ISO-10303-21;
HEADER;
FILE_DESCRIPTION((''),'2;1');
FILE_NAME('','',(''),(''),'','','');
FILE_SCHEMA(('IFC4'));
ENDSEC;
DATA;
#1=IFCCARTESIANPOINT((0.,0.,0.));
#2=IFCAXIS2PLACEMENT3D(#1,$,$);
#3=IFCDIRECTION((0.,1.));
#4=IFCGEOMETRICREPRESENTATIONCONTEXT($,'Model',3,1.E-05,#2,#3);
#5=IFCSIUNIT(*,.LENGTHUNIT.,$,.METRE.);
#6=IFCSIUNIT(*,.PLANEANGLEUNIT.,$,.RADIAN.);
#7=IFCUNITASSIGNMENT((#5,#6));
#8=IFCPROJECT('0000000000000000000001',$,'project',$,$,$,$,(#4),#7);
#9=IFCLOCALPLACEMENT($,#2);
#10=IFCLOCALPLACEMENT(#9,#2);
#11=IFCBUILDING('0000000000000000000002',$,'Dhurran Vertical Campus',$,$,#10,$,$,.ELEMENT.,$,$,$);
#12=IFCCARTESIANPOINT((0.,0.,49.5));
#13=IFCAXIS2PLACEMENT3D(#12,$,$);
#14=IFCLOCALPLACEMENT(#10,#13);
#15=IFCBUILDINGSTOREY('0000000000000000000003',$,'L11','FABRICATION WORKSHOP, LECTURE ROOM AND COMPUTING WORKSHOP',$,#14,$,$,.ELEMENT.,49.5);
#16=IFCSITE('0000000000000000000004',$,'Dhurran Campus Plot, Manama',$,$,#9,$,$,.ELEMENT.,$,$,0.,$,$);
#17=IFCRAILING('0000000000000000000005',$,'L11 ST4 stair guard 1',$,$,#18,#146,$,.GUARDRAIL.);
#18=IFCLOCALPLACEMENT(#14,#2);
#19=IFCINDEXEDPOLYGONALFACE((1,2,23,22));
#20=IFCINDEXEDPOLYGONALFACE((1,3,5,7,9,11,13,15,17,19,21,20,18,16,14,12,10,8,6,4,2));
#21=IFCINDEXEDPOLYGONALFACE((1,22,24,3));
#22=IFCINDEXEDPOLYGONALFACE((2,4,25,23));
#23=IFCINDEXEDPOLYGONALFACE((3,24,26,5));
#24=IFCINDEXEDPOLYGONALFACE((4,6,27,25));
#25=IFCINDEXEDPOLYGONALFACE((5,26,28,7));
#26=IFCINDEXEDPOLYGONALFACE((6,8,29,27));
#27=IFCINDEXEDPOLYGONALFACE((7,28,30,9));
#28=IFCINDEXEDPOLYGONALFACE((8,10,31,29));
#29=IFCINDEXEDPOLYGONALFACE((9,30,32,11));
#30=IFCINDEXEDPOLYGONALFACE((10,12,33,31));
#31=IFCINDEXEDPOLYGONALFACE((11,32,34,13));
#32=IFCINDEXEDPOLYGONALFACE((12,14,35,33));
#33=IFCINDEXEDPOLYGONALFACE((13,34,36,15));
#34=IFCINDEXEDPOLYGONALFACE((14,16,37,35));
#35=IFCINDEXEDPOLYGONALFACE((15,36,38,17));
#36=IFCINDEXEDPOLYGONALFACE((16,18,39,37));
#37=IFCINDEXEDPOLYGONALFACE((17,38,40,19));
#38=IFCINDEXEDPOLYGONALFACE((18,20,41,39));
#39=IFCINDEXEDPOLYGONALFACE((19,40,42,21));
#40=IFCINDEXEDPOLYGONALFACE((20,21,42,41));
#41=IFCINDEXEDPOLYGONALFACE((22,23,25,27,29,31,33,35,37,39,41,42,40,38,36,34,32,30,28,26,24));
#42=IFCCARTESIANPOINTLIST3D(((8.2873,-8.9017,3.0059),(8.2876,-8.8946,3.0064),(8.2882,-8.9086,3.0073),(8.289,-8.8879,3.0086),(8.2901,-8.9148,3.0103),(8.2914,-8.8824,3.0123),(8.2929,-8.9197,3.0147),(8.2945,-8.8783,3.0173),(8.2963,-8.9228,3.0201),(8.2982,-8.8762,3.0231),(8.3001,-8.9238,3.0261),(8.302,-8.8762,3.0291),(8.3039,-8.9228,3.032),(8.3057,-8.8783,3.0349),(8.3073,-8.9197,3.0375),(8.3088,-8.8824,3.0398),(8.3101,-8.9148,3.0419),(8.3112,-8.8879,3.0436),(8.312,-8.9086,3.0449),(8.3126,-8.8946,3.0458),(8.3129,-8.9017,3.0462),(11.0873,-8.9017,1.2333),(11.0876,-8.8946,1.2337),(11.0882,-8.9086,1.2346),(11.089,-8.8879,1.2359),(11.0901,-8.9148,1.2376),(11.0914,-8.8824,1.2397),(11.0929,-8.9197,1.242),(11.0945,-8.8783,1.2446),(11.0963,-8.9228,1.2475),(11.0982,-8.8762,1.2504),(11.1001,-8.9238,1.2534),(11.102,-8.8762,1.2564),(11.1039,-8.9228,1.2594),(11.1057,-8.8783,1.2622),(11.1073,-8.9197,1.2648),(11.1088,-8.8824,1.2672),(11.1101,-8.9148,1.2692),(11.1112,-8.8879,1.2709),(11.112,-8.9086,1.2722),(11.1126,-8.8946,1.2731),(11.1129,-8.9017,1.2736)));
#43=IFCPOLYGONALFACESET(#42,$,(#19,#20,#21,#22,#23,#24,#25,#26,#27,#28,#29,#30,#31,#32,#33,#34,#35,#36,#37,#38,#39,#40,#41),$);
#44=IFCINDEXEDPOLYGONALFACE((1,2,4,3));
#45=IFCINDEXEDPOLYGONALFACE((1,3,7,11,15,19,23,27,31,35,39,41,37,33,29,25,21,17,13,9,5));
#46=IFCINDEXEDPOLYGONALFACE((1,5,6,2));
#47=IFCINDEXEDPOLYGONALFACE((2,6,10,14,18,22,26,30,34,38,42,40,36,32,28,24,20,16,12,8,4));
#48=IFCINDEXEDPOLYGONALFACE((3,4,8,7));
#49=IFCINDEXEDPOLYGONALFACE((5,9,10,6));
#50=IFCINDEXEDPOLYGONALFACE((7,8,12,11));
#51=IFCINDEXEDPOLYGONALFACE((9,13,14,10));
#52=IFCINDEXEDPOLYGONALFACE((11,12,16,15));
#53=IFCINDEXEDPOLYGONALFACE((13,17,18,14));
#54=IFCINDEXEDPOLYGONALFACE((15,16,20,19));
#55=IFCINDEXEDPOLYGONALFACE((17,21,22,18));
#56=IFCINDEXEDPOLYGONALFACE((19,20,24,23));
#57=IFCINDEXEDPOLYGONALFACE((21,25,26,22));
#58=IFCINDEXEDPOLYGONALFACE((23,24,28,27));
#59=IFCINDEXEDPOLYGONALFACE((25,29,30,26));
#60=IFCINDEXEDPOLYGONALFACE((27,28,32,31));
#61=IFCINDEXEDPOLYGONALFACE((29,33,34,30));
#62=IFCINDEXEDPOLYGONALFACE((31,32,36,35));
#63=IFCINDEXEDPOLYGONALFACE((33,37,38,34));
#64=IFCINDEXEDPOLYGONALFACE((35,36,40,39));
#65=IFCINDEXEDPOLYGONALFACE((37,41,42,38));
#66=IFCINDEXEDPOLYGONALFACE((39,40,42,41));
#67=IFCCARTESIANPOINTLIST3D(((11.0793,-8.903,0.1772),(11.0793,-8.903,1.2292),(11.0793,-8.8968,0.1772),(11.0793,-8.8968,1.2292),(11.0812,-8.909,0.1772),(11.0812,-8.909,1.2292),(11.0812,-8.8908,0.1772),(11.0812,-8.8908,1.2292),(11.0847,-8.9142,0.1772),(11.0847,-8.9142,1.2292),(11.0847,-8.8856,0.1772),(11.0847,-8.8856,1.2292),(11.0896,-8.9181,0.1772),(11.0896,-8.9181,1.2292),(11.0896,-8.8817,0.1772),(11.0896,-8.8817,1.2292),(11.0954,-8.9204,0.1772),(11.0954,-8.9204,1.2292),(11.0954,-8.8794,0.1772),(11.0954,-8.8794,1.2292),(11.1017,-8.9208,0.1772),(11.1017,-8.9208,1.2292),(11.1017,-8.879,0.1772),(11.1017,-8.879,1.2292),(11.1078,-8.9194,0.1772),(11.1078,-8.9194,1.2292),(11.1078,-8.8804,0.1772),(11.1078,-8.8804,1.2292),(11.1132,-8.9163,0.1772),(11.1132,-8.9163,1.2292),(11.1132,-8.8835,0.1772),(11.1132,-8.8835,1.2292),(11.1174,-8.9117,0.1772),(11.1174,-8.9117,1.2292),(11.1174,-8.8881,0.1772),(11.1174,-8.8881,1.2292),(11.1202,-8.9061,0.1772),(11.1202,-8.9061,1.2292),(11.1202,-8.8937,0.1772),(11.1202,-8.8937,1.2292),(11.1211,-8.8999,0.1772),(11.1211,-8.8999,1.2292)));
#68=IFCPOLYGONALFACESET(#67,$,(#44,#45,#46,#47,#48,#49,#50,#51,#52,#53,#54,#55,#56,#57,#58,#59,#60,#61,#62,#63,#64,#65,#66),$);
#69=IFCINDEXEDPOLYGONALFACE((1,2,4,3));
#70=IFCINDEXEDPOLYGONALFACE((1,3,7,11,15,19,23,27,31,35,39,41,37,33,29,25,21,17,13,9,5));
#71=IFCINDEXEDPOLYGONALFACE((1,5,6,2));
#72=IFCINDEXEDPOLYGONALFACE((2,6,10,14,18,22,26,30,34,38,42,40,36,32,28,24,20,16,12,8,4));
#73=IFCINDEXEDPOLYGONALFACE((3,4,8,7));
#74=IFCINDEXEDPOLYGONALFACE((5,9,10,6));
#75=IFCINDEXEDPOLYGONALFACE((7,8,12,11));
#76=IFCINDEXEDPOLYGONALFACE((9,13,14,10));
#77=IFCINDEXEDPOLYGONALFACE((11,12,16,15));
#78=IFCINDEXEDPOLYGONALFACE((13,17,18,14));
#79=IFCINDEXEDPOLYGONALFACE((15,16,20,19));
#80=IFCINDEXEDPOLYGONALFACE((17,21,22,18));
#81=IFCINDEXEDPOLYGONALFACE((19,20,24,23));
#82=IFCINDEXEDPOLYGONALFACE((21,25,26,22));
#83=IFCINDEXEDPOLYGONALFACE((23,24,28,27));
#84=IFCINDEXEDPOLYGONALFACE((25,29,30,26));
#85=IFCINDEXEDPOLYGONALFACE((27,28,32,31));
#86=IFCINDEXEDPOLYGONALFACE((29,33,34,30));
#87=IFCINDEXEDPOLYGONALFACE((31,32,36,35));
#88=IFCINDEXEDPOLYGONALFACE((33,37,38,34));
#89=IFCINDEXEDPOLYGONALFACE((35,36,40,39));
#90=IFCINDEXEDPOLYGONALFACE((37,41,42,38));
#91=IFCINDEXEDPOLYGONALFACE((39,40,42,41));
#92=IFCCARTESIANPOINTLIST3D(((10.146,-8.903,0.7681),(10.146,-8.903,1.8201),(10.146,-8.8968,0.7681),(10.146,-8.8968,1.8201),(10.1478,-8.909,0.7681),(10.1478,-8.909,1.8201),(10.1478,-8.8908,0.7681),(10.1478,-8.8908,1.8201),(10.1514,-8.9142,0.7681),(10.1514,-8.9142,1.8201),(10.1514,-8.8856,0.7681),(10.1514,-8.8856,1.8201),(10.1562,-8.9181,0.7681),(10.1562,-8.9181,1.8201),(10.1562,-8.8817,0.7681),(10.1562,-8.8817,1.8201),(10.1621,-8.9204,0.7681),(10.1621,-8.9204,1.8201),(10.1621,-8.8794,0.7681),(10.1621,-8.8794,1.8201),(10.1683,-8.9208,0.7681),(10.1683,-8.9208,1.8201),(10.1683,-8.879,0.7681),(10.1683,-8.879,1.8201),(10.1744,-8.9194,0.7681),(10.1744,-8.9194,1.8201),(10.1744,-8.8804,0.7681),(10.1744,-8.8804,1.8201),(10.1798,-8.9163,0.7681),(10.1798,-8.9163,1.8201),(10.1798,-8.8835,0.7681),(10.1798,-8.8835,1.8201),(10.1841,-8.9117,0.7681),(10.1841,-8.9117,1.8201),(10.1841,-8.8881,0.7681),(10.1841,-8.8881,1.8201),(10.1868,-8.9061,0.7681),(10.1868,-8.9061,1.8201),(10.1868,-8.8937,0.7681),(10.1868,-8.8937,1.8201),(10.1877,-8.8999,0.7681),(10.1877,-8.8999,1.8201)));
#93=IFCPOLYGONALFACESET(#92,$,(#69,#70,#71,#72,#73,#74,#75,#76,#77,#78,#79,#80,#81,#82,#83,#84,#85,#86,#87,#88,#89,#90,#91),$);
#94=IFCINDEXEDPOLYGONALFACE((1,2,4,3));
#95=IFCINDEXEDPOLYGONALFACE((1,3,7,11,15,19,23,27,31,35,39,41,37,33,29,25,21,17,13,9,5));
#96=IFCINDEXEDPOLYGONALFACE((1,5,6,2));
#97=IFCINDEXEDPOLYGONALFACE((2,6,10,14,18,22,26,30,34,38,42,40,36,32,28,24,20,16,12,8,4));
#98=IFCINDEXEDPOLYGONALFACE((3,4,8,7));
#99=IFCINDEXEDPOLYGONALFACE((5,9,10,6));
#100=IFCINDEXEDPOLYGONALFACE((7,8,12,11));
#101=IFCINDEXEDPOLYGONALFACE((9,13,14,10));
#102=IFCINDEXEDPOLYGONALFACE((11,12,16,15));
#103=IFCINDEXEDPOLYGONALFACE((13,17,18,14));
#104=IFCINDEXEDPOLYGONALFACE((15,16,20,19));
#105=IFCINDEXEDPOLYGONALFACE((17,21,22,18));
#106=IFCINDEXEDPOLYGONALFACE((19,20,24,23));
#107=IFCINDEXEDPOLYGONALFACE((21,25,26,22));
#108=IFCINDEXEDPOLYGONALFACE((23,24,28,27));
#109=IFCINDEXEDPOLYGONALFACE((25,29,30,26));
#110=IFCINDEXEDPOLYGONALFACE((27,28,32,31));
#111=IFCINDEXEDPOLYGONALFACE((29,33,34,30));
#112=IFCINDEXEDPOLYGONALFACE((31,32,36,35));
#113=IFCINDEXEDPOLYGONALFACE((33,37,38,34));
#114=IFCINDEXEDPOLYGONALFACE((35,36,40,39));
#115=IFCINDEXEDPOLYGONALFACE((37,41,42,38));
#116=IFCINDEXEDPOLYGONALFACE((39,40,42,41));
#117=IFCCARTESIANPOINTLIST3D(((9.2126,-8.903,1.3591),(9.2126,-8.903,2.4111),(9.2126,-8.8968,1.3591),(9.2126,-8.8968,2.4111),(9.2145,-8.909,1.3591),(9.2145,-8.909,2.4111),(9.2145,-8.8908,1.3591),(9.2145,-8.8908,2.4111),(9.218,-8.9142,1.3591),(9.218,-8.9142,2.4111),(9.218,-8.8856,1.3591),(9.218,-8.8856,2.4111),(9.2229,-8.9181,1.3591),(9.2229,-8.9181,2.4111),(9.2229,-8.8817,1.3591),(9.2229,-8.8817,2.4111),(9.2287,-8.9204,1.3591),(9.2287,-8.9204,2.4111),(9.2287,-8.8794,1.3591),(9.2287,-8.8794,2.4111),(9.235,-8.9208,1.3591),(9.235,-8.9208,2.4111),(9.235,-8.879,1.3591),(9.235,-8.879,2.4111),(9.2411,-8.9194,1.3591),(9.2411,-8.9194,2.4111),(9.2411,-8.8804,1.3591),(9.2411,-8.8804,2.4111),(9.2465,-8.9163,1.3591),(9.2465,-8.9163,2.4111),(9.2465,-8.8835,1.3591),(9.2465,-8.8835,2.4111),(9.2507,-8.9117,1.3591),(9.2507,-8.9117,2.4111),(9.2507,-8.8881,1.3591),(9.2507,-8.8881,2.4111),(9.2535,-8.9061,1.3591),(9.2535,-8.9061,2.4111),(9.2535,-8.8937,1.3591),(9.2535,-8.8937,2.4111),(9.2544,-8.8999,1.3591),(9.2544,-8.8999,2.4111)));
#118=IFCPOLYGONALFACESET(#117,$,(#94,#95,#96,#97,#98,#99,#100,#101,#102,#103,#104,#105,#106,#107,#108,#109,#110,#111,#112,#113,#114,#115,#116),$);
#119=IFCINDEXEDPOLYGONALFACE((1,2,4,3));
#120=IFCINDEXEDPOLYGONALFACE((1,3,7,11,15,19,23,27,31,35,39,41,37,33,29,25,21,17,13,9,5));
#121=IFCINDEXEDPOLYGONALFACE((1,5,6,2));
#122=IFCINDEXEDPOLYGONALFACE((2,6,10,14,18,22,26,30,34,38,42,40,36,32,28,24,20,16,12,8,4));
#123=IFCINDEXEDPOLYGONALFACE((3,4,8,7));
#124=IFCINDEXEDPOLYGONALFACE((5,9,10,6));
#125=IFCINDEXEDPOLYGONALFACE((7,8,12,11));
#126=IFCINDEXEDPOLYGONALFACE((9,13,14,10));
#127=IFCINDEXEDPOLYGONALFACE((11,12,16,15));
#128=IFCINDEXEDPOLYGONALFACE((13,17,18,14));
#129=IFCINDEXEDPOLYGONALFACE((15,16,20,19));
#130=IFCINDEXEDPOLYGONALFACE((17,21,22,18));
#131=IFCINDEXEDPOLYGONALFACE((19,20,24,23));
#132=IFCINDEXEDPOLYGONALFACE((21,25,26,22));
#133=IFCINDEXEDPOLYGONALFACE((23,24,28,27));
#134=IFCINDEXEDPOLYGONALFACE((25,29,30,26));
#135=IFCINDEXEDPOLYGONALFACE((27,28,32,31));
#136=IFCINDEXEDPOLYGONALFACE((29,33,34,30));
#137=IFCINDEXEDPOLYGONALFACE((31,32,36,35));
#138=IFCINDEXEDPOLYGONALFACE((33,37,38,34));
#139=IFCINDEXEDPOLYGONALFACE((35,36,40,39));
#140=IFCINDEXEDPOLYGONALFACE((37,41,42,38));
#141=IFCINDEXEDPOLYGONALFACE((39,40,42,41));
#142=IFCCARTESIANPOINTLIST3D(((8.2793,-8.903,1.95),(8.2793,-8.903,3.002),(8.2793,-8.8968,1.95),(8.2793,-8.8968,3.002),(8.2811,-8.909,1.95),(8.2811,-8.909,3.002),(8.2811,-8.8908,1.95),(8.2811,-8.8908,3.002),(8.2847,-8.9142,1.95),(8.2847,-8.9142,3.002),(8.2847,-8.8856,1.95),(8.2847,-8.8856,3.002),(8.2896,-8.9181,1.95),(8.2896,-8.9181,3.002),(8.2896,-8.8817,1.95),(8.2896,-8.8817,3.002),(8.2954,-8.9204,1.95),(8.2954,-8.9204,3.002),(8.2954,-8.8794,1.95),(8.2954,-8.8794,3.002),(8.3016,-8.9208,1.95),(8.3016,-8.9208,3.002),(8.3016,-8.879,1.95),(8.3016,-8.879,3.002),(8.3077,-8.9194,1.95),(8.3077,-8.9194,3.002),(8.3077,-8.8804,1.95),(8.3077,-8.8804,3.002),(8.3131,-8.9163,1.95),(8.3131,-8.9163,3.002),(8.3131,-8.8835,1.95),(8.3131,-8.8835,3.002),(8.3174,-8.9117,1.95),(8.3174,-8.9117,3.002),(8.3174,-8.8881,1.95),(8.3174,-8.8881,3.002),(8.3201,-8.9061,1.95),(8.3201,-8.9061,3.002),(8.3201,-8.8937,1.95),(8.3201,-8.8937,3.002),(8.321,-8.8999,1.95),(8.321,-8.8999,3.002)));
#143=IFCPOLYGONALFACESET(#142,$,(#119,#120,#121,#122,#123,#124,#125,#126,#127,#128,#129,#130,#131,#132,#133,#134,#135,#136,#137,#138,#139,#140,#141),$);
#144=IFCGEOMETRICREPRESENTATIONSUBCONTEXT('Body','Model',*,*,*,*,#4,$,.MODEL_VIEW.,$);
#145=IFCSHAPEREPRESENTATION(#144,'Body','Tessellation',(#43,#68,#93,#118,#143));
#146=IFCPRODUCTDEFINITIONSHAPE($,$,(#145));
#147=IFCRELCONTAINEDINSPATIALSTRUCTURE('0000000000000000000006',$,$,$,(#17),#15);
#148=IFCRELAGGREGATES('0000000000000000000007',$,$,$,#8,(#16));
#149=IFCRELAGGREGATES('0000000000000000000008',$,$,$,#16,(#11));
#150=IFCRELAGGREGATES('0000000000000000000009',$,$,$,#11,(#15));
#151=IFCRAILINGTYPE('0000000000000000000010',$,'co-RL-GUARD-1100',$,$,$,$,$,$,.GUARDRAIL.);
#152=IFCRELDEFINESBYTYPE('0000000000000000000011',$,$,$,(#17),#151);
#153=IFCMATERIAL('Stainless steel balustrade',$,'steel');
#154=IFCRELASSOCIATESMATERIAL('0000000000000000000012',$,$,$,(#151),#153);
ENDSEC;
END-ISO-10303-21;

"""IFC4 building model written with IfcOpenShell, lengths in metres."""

from ifc_helpers import new_model, si_unit, direction, frame, origin, origin_2d, place, context, subcontext, project, spatial, circle, extrude, material, type_object, element, save


model = new_model("IFC4")

# Units and contexts
model_context = context("Model", 3, precision=1e-05, world=origin(), true_north=direction((0.0, 1.0)))
body_context = subcontext(model_context, "Body", "Model", "MODEL_VIEW")
ifc_project = project(units=[si_unit("LENGTHUNIT", "METRE"), si_unit("PLANEANGLEUNIT", "RADIAN")], contexts=[model_context])

# Site, building, storey
site_placement = place(None, origin())
site = spatial("IfcSite", under=ifc_project, at=site_placement, Name="Dhurran Campus Plot, Manama", CompositionType="ELEMENT", RefElevation=0.0)
building_placement = place(site_placement, origin())
building = spatial("IfcBuilding", under=site, at=building_placement, Name="Dhurran Vertical Campus", CompositionType="ELEMENT")
storey_placement = place(building_placement, frame((0.0, 0.0, 49.5)))
storey = spatial("IfcBuildingStorey", under=building, at=storey_placement, Name="L11", Description="FABRICATION WORKSHOP, LECTURE ROOM AND COMPUTING WORKSHOP", CompositionType="ELEMENT", Elevation=49.5)

# Railing
ifc_material_1 = material(Name="Stainless steel balustrade", Category="steel")
railing_type_1 = type_object("IfcRailingType", Name="co-RL-GUARD-1100", PredefinedType="GUARDRAIL", material=ifc_material_1)
railing_1_placement = place(storey_placement, frame((11.1001, -8.8999, 0.1772)))
element("IfcRailing", 1, at=railing_1_placement, inside=storey, type_object=railing_type_1, Name="L11 ST4 stair guard 1", PredefinedType="GUARDRAIL", context=body_context, shape_type="SweptSolid", body=[
    extrude(circle(Radius=0.0239, at=origin_2d()), frame((0.0, 0.0, 1.0762), z_axis=(-0.844909, 0.0, 0.53491), x_axis=(0.0, -1.0, 0.0)), (0.0, 0.0, 1.0), 3.314),
    extrude(circle(Radius=0.021, at=origin_2d()), origin(), (0.0, 0.0, 1.0), 1.052),
    extrude(circle(Radius=0.021, at=origin_2d()), frame((-0.9333, 0.0, 0.5908)), (0.0, 0.0, 1.0), 1.052),
    extrude(circle(Radius=0.021, at=origin_2d()), frame((-1.8667, 0.0, 1.1819)), (0.0, 0.0, 1.0), 1.052),
    extrude(circle(Radius=0.021, at=origin_2d()), frame((-2.8, 0.0, 1.7727)), (0.0, 0.0, 1.0), 1.052),
])

save(model, "model.ifc")
